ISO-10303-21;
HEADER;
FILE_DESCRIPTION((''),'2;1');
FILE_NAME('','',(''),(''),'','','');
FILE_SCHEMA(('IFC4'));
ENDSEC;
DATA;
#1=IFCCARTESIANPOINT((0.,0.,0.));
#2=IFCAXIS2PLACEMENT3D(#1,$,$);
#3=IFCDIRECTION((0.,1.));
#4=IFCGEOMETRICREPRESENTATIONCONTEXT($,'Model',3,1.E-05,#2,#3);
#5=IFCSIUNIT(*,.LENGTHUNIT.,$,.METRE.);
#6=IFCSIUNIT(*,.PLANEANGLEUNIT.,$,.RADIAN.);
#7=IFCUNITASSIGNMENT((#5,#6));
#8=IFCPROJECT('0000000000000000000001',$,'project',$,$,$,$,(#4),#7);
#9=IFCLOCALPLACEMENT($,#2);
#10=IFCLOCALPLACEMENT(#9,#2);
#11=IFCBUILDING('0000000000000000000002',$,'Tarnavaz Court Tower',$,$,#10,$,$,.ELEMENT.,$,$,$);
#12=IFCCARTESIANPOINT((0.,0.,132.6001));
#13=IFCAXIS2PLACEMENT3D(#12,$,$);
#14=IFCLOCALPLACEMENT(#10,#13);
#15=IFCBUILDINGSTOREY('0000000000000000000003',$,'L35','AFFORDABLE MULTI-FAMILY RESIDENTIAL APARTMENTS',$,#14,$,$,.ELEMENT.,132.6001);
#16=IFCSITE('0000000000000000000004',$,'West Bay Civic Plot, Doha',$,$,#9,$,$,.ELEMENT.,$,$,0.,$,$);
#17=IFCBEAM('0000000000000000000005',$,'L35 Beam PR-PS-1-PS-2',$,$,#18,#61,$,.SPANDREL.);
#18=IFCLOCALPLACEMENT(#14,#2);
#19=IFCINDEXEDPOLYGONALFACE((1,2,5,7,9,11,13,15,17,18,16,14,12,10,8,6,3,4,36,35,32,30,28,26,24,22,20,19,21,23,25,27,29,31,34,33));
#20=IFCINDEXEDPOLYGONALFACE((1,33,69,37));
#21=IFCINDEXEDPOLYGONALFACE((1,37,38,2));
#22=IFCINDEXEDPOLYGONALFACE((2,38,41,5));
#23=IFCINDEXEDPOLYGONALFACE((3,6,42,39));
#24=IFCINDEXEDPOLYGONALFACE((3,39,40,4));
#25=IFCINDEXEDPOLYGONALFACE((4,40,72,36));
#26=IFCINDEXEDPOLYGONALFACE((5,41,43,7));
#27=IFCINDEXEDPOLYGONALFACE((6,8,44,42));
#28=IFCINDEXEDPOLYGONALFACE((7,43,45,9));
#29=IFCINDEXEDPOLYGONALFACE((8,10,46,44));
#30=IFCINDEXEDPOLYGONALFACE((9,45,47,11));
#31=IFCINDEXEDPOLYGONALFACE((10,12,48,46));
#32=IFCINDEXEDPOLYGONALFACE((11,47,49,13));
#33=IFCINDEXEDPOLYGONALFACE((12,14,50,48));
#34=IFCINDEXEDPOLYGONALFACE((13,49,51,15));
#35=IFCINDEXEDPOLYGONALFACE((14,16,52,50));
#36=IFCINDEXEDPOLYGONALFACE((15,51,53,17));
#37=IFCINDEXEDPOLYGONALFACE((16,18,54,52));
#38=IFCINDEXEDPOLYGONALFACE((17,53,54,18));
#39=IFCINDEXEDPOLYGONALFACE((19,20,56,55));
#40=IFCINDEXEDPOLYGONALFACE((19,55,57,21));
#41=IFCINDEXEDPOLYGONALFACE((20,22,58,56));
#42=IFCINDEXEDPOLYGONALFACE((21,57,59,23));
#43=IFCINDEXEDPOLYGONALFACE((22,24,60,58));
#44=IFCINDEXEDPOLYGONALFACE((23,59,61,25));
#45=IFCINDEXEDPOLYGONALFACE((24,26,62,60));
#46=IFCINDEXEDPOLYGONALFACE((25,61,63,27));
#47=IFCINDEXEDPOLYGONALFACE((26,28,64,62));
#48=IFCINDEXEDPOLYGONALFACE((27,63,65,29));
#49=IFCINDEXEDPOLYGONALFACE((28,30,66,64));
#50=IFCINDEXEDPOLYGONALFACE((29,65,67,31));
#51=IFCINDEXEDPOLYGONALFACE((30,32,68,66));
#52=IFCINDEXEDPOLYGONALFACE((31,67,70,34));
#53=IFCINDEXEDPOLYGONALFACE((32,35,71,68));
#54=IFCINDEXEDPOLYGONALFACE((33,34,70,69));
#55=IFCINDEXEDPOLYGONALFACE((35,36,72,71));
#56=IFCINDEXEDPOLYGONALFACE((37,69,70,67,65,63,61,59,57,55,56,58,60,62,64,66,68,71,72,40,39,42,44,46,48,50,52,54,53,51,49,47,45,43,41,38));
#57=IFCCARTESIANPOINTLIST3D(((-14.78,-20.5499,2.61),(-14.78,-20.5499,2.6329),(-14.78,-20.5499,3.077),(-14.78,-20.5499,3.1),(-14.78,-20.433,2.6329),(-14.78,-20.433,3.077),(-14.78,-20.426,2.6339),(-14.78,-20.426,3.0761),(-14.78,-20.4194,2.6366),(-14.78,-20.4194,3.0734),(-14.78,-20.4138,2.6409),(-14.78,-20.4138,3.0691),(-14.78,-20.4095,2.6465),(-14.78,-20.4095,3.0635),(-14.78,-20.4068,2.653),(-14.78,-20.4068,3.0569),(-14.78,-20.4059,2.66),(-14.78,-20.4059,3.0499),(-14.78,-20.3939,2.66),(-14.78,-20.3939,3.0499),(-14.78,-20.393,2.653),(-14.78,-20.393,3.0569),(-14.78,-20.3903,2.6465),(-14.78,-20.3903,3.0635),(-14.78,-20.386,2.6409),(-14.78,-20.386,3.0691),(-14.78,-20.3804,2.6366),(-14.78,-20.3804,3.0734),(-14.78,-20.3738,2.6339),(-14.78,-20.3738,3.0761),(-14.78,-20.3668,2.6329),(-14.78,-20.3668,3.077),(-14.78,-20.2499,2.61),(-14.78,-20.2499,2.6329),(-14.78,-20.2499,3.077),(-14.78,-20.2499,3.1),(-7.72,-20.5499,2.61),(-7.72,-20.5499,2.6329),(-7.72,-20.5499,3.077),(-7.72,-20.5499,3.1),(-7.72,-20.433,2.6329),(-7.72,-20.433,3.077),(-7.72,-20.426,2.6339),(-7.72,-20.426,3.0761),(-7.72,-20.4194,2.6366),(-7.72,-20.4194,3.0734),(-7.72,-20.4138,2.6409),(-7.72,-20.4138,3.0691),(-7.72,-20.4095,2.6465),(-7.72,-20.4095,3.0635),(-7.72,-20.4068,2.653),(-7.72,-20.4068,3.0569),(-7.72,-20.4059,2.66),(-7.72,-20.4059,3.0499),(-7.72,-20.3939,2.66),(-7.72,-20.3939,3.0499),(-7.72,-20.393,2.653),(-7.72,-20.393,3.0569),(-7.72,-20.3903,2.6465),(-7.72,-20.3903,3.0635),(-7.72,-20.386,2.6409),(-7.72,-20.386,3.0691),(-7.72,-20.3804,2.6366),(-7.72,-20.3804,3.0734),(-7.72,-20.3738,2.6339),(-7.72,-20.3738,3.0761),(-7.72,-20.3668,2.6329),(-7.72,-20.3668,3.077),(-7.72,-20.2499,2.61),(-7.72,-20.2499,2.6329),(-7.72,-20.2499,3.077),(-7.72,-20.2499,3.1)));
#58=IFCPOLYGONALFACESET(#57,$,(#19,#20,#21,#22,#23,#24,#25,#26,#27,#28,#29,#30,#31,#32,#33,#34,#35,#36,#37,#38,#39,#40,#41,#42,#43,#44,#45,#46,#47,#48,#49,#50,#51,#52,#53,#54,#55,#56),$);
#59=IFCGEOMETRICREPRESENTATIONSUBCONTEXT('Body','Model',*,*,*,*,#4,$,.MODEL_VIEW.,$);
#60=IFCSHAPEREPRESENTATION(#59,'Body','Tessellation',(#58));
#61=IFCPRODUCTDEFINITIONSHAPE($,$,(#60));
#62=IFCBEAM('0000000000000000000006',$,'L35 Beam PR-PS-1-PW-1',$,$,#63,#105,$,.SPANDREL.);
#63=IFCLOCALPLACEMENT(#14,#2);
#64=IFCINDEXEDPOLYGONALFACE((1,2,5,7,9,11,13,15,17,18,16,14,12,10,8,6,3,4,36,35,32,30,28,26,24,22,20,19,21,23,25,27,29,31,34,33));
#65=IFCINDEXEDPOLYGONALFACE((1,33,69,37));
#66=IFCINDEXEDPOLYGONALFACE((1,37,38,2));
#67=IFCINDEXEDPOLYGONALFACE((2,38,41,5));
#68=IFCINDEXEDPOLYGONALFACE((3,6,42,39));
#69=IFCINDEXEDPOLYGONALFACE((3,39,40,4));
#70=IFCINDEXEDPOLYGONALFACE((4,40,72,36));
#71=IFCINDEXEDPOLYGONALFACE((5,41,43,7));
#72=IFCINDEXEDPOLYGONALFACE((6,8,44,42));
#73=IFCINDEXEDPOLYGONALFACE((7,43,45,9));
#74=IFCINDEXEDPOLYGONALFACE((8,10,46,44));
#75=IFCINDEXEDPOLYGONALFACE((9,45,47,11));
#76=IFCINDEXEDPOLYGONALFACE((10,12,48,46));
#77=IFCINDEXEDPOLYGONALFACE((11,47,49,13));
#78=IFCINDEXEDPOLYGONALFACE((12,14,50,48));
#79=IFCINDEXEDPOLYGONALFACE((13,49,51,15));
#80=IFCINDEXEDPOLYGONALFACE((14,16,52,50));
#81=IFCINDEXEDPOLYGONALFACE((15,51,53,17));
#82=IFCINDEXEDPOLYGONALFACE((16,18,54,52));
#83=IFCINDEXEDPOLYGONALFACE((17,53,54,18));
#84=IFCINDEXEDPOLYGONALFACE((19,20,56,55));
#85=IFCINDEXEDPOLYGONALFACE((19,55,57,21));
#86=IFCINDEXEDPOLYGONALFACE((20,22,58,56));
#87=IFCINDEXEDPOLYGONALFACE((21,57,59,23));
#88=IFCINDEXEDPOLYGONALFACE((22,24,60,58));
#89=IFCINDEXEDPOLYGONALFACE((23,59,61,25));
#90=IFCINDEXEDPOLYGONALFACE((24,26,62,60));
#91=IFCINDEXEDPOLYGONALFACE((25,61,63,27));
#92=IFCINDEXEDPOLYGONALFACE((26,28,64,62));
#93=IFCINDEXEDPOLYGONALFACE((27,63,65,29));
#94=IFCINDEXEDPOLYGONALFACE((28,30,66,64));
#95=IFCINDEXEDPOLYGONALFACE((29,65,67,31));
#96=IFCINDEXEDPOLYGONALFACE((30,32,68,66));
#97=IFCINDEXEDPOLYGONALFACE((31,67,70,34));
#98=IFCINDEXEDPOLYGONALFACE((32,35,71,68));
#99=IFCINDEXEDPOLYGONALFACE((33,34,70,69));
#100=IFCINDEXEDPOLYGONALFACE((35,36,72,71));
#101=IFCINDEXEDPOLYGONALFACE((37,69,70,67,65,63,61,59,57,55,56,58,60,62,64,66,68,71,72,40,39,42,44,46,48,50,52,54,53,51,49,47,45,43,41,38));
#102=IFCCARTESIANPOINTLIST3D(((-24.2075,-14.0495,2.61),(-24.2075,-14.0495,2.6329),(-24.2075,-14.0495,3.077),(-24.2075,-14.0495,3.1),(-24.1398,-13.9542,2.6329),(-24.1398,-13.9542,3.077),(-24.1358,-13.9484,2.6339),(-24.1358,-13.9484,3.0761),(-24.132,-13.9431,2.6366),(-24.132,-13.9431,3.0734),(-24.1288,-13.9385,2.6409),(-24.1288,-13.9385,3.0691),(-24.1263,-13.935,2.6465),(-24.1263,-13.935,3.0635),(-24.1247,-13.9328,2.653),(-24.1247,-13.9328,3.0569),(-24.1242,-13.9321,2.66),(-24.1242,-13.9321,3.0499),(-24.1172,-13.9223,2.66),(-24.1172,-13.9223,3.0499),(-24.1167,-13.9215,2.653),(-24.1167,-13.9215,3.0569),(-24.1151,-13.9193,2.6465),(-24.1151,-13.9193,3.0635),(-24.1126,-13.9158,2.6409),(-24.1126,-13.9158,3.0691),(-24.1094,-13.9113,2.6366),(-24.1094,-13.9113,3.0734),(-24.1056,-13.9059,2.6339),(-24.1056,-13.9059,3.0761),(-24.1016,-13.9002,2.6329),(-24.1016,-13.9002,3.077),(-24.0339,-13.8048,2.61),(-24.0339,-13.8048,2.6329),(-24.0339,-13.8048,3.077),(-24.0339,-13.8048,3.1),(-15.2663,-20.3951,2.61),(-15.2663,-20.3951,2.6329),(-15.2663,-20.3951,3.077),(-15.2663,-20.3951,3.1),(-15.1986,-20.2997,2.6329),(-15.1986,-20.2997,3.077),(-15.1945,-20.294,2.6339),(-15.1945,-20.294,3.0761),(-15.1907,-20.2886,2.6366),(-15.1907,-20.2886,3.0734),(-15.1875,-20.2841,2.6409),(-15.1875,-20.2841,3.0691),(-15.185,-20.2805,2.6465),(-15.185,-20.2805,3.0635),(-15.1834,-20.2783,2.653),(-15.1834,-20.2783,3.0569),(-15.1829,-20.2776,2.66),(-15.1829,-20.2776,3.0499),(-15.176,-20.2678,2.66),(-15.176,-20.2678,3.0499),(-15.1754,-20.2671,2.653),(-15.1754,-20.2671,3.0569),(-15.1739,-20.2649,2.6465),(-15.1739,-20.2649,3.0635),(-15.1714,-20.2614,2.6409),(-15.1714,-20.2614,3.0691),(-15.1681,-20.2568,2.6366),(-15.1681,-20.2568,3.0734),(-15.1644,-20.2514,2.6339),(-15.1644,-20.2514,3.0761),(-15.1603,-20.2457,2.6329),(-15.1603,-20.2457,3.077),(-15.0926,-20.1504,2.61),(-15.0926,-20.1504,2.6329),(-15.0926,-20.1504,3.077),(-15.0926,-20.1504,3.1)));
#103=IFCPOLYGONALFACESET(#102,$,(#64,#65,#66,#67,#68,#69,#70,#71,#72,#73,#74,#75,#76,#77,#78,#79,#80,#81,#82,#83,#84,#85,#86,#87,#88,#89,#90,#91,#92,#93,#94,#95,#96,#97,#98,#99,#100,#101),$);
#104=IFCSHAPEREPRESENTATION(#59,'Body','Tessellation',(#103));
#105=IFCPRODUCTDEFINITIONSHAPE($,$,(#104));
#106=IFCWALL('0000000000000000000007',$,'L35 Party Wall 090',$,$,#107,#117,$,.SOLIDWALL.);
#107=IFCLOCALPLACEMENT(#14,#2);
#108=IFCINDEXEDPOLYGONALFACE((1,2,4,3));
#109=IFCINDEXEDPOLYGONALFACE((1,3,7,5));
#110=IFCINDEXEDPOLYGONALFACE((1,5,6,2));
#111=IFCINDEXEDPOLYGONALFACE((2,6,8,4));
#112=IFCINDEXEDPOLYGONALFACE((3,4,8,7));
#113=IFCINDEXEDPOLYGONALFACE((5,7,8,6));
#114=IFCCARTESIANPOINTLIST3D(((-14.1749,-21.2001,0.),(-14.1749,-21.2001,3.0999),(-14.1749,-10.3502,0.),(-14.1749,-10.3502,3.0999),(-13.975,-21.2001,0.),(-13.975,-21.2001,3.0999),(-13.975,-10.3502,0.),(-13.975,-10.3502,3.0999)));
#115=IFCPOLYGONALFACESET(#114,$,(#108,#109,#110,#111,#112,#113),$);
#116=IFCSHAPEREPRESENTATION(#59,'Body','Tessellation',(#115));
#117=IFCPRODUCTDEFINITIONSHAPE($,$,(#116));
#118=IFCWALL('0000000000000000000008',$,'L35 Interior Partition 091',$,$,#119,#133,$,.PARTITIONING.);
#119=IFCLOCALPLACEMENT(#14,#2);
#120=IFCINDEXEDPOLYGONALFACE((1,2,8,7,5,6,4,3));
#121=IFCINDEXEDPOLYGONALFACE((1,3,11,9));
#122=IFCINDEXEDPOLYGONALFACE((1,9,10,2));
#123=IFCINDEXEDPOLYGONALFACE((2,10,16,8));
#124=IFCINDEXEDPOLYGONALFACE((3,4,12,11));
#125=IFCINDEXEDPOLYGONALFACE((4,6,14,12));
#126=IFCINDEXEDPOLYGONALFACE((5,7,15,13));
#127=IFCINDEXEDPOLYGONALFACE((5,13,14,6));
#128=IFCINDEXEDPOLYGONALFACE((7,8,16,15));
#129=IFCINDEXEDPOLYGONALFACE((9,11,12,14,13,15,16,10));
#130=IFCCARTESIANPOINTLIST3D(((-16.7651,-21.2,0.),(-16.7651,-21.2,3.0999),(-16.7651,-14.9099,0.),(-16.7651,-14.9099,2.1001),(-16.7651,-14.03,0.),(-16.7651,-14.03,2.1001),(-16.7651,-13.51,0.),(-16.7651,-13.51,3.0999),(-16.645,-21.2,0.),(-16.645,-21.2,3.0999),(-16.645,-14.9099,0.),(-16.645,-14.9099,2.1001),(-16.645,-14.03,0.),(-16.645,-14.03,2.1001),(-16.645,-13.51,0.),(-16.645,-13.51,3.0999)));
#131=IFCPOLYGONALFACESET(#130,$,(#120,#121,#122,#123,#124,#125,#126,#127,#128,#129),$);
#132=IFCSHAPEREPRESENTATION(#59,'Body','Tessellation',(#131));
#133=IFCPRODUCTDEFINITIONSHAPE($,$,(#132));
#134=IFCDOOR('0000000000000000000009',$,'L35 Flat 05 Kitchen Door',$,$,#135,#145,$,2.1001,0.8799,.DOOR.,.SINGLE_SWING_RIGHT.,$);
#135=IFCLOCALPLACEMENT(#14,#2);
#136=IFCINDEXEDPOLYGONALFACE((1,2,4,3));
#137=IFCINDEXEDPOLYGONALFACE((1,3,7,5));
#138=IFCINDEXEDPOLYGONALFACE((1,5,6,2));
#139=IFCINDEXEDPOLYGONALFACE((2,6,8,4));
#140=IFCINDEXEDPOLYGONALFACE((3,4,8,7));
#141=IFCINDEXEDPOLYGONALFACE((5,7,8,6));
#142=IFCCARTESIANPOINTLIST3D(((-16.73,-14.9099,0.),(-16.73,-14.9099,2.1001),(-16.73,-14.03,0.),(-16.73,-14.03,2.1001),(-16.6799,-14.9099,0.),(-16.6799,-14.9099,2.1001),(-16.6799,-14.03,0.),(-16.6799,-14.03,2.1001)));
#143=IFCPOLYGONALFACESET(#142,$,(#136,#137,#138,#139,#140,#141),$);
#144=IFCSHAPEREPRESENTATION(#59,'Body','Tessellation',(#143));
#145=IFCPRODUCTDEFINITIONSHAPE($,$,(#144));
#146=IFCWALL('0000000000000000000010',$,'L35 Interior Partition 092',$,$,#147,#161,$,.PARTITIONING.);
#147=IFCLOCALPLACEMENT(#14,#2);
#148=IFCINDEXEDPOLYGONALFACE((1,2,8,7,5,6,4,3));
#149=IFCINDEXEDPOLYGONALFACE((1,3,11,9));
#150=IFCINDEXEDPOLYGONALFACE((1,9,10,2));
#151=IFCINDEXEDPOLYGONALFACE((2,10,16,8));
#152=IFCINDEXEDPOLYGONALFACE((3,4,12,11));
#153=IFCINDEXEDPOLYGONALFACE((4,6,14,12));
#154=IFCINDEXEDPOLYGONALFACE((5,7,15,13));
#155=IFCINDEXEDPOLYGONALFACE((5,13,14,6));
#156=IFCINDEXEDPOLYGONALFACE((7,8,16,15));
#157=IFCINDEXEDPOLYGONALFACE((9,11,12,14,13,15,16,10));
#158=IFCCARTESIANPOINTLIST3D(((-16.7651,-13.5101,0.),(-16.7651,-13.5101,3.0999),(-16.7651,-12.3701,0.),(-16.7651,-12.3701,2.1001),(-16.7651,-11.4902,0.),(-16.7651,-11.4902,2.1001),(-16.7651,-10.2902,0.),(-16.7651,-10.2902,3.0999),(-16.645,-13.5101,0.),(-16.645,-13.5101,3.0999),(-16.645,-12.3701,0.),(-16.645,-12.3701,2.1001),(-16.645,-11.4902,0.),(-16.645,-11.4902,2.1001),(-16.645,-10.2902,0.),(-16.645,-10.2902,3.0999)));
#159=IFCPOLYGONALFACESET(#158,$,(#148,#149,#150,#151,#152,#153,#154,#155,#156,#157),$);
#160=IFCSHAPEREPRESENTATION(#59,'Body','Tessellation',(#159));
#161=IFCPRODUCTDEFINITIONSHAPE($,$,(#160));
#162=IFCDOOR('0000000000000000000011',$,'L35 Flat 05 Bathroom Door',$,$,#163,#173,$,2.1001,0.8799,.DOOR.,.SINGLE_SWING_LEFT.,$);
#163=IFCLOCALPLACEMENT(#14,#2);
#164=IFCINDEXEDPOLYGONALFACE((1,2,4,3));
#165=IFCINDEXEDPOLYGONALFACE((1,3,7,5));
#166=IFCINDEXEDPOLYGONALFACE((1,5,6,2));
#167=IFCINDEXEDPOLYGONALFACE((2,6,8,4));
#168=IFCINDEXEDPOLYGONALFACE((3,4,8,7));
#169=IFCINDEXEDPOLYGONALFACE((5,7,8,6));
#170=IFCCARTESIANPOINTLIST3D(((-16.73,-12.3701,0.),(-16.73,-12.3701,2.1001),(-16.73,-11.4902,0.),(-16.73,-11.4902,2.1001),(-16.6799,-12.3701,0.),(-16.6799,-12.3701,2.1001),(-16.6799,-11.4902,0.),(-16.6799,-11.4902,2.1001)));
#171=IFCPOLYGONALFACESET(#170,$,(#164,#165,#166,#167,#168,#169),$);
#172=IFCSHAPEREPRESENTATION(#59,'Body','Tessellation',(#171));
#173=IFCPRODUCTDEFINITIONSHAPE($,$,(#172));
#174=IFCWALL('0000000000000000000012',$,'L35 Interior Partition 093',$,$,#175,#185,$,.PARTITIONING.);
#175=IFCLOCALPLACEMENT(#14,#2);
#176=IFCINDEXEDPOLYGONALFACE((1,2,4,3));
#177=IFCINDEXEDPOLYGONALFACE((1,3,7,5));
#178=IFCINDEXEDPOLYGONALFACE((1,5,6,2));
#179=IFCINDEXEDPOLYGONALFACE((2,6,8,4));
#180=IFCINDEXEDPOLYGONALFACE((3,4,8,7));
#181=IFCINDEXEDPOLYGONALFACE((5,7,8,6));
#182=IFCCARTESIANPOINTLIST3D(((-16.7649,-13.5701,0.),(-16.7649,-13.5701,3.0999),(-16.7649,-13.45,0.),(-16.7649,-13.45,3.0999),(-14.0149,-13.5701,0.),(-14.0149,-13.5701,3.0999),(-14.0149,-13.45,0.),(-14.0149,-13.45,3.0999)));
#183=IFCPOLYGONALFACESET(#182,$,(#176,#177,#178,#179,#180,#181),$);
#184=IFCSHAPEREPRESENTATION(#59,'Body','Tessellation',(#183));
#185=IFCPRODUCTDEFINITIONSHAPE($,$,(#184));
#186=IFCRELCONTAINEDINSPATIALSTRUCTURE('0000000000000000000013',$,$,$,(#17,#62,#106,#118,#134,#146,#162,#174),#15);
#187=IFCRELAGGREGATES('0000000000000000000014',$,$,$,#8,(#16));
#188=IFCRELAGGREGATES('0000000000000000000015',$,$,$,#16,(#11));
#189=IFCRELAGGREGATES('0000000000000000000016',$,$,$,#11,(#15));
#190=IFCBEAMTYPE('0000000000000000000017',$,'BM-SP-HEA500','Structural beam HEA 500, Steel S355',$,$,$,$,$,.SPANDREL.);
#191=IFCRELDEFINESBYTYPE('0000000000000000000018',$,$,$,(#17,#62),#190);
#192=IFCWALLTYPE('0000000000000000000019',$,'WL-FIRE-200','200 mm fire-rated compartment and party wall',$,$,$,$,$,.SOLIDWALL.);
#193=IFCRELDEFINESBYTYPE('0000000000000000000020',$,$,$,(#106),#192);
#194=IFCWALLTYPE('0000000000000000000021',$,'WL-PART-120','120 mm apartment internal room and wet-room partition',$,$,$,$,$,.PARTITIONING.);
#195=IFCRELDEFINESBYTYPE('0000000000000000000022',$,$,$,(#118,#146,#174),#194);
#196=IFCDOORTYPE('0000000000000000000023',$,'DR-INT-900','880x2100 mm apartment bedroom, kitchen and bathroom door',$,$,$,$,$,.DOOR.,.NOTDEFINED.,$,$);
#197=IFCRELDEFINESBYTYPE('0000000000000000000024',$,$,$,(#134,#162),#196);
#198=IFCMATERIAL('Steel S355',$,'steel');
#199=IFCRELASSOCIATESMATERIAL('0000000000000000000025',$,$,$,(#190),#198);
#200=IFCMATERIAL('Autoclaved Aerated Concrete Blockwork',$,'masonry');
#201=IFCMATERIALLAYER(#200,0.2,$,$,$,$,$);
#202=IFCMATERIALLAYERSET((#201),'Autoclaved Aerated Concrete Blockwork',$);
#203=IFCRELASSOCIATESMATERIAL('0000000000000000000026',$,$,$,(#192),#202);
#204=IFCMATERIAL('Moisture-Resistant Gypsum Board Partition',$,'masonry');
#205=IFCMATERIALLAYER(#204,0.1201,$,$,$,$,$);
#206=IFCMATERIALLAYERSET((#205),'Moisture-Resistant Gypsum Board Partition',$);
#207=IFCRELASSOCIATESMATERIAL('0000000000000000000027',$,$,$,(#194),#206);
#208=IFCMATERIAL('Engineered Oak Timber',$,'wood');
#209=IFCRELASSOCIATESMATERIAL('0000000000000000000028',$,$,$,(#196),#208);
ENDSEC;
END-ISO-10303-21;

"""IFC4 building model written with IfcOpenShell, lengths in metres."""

from ifc_helpers import new_model, si_unit, direction, frame, frame_2d, origin, origin_2d, place, context, subcontext, project, spatial, rectangle, i_section, extrude, material, layer, layer_set, material_profile, profile_set, type_object, element, fill, save


model = new_model("IFC4")

# Units and contexts
model_context = context("Model", 3, precision=1e-05, world=origin(), true_north=direction((0.0, 1.0)))
body_context = subcontext(model_context, "Body", "Model", "MODEL_VIEW")
ifc_project = project(units=[si_unit("LENGTHUNIT", "METRE"), si_unit("PLANEANGLEUNIT", "RADIAN")], contexts=[model_context])

# Site, building, storey
site_placement = place(None, origin())
site = spatial("IfcSite", under=ifc_project, at=site_placement, Name="West Bay Civic Plot, Doha", CompositionType="ELEMENT", RefElevation=0.0)
building_placement = place(site_placement, origin())
building = spatial("IfcBuilding", under=site, at=building_placement, Name="Tarnavaz Court Tower", CompositionType="ELEMENT")
storey_placement = place(building_placement, frame((0.0, 0.0, 132.6001)))
storey = spatial("IfcBuildingStorey", under=building, at=storey_placement, Name="L35", Description="AFFORDABLE MULTI-FAMILY RESIDENTIAL APARTMENTS", CompositionType="ELEMENT", Elevation=132.6001)

# Beams
ifc_material_1 = material(Name="Steel S355", Category="steel")
ifc_material_profile_1 = material_profile(ifc_material_1, i_section(OverallWidth=0.3, OverallDepth=0.49, WebThickness=0.012, FlangeThickness=0.0229, FilletRadius=0.0271, at=origin_2d()), Name="HEA 500")
ifc_profile_set_1 = profile_set([ifc_material_profile_1], Name="Steel S355")
beam_type_1 = type_object("IfcBeamType", Name="BM-SP-HEA500", Description="Structural beam HEA 500, Steel S355", PredefinedType="SPANDREL", material=ifc_profile_set_1)
beam_1_placement = place(storey_placement, frame((-14.78, -20.3999, 2.855), z_axis=(1.0, 0.0, 0.0), x_axis=(0.0, 1.0, 0.0)))
element("IfcBeam", 1, at=beam_1_placement, inside=storey, type_object=beam_type_1, Name="L35 Beam PR-PS-1-PS-2", PredefinedType="SPANDREL", context=body_context, shape_type="SweptSolid", body=[
    extrude(i_section(OverallWidth=0.3, OverallDepth=0.49, WebThickness=0.012, FlangeThickness=0.0229, FilletRadius=0.0271, at=origin_2d()), origin(), (0.0, 0.0, 1.0), 7.0601),
])
beam_2_placement = place(storey_placement, frame((-15.1794, -20.2727, 2.855), z_axis=(-0.815502, 0.578754, 0.0), x_axis=(-0.578754, -0.815502, 0.0)))
element("IfcBeam", 2, at=beam_2_placement, inside=storey, type_object=beam_type_1, Name="L35 Beam PR-PS-1-PW-1", PredefinedType="SPANDREL", context=body_context, shape_type="SweptSolid", body=[
    extrude(i_section(OverallWidth=0.3, OverallDepth=0.49, WebThickness=0.012, FlangeThickness=0.0229, FilletRadius=0.0271, at=origin_2d()), origin(), (0.0, 0.0, 1.0), 10.9641),
])

# Wall
ifc_material_2 = material(Name="Autoclaved Aerated Concrete Blockwork", Category="masonry")
ifc_layer_1 = layer(ifc_material_2, 0.2)
ifc_layer_set_1 = layer_set([ifc_layer_1], Name="Autoclaved Aerated Concrete Blockwork")
wall_type_1 = type_object("IfcWallType", Name="WL-FIRE-200", Description="200 mm fire-rated compartment and party wall", PredefinedType="SOLIDWALL", material=ifc_layer_set_1)
wall_1_placement = place(storey_placement, frame((-14.075, -21.2, 0.0), z_axis=(0.0, 0.0, 1.0), x_axis=(0.0, 1.0, 0.0)))
element("IfcWall", 3, at=wall_1_placement, inside=storey, type_object=wall_type_1, Name="L35 Party Wall 090", PredefinedType="SOLIDWALL", context=body_context, shape_type="SweptSolid", body=[
    extrude(rectangle(XDim=10.8499, YDim=0.2, at=frame_2d((5.4248, 0.0))), origin(), (0.0, 0.0, 1.0), 3.0999),
])

# Walls, openings, doors
ifc_material_3 = material(Name="Moisture-Resistant Gypsum Board Partition", Category="masonry")
ifc_layer_2 = layer(ifc_material_3, 0.1201)
ifc_layer_set_2 = layer_set([ifc_layer_2], Name="Moisture-Resistant Gypsum Board Partition")
wall_type_2 = type_object("IfcWallType", Name="WL-PART-120", Description="120 mm apartment internal room and wet-room partition", PredefinedType="PARTITIONING", material=ifc_layer_set_2)
wall_2_placement = place(storey_placement, frame((-16.7051, -21.2, 0.0), z_axis=(0.0, 0.0, 1.0), x_axis=(0.0, 1.0, 0.0)))
wall_2 = element("IfcWall", 4, at=wall_2_placement, inside=storey, type_object=wall_type_2, Name="L35 Interior Partition 091", PredefinedType="PARTITIONING", context=body_context, shape_type="SweptSolid", body=[
    extrude(rectangle(XDim=7.6899, YDim=0.1201, at=frame_2d((3.845, 0.0))), origin(), (0.0, 0.0, 1.0), 3.0999),
])
opening_1_placement = place(wall_2_placement, frame((6.29, 0.0, 0.0)))
opening_1 = element("IfcOpeningElement", 5, at=opening_1_placement, cuts=wall_2, PredefinedType="OPENING", context=body_context, shape_type="SweptSolid", body=[
    extrude(rectangle(XDim=0.8799, YDim=2.1001, at=frame_2d((0.4399, 1.05))), frame((0.0, 0.0701, 0.0), z_axis=(0.0, -1.0, 0.0), x_axis=(1.0, 0.0, 0.0)), (0.0, 0.0, 1.0), 0.1401),
])
ifc_material_4 = material(Name="Engineered Oak Timber", Category="wood")
door_type = type_object("IfcDoorType", Name="DR-INT-900", Description="880x2100 mm apartment bedroom, kitchen and bathroom door", OperationType="NOTDEFINED", PredefinedType="DOOR", material=ifc_material_4)
door_1_placement = place(opening_1_placement, origin())
door_1 = element("IfcDoor", 6, at=door_1_placement, inside=storey, type_object=door_type, Name="L35 Flat 05 Kitchen Door", OperationType="SINGLE_SWING_RIGHT", OverallHeight=2.1001, OverallWidth=0.8799, PredefinedType="DOOR", context=body_context, shape_type="SweptSolid", body=[
    extrude(rectangle(XDim=0.8799, YDim=2.1001, at=frame_2d((0.4399, 1.05))), frame((0.0, 0.0249, 0.0), z_axis=(0.0, -1.0, 0.0), x_axis=(1.0, 0.0, 0.0)), (0.0, 0.0, 1.0), 0.05),
])
fill(opening_1, door_1)
wall_3_placement = place(storey_placement, frame((-16.7051, -13.51, 0.0), z_axis=(0.0, 0.0, 1.0), x_axis=(0.0, 1.0, 0.0)))
wall_3 = element("IfcWall", 7, at=wall_3_placement, inside=storey, type_object=wall_type_2, Name="L35 Interior Partition 092", PredefinedType="PARTITIONING", context=body_context, shape_type="SweptSolid", body=[
    extrude(rectangle(XDim=3.22, YDim=0.1201, at=frame_2d((1.6099, 0.0))), origin(), (0.0, 0.0, 1.0), 3.0999),
])
opening_2_placement = place(wall_3_placement, frame((1.1399, 0.0, 0.0)))
opening_2 = element("IfcOpeningElement", 8, at=opening_2_placement, cuts=wall_3, PredefinedType="OPENING", context=body_context, shape_type="SweptSolid", body=[
    extrude(rectangle(XDim=0.8799, YDim=2.1001, at=frame_2d((0.4399, 1.05))), frame((0.0, 0.0701, 0.0), z_axis=(0.0, -1.0, 0.0), x_axis=(1.0, 0.0, 0.0)), (0.0, 0.0, 1.0), 0.1401),
])
door_2_placement = place(opening_2_placement, origin())
door_2 = element("IfcDoor", 9, at=door_2_placement, inside=storey, type_object=door_type, Name="L35 Flat 05 Bathroom Door", OperationType="SINGLE_SWING_LEFT", OverallHeight=2.1001, OverallWidth=0.8799, PredefinedType="DOOR", context=body_context, shape_type="SweptSolid", body=[
    extrude(rectangle(XDim=0.8799, YDim=2.1001, at=frame_2d((0.4399, 1.05))), frame((0.0, 0.0249, 0.0), z_axis=(0.0, -1.0, 0.0), x_axis=(1.0, 0.0, 0.0)), (0.0, 0.0, 1.0), 0.05),
])
fill(opening_2, door_2)

# Wall
wall_4_placement = place(storey_placement, frame((-16.7649, -13.51, 0.0), z_axis=(0.0, 0.0, 1.0), x_axis=(1.0, 0.0, 0.0)))
element("IfcWall", 10, at=wall_4_placement, inside=storey, type_object=wall_type_2, Name="L35 Interior Partition 093", PredefinedType="PARTITIONING", context=body_context, shape_type="SweptSolid", body=[
    extrude(rectangle(XDim=2.75, YDim=0.1201, at=frame_2d((1.375, 0.0))), origin(), (0.0, 0.0, 1.0), 3.0999),
])

save(model, "model.ifc")
